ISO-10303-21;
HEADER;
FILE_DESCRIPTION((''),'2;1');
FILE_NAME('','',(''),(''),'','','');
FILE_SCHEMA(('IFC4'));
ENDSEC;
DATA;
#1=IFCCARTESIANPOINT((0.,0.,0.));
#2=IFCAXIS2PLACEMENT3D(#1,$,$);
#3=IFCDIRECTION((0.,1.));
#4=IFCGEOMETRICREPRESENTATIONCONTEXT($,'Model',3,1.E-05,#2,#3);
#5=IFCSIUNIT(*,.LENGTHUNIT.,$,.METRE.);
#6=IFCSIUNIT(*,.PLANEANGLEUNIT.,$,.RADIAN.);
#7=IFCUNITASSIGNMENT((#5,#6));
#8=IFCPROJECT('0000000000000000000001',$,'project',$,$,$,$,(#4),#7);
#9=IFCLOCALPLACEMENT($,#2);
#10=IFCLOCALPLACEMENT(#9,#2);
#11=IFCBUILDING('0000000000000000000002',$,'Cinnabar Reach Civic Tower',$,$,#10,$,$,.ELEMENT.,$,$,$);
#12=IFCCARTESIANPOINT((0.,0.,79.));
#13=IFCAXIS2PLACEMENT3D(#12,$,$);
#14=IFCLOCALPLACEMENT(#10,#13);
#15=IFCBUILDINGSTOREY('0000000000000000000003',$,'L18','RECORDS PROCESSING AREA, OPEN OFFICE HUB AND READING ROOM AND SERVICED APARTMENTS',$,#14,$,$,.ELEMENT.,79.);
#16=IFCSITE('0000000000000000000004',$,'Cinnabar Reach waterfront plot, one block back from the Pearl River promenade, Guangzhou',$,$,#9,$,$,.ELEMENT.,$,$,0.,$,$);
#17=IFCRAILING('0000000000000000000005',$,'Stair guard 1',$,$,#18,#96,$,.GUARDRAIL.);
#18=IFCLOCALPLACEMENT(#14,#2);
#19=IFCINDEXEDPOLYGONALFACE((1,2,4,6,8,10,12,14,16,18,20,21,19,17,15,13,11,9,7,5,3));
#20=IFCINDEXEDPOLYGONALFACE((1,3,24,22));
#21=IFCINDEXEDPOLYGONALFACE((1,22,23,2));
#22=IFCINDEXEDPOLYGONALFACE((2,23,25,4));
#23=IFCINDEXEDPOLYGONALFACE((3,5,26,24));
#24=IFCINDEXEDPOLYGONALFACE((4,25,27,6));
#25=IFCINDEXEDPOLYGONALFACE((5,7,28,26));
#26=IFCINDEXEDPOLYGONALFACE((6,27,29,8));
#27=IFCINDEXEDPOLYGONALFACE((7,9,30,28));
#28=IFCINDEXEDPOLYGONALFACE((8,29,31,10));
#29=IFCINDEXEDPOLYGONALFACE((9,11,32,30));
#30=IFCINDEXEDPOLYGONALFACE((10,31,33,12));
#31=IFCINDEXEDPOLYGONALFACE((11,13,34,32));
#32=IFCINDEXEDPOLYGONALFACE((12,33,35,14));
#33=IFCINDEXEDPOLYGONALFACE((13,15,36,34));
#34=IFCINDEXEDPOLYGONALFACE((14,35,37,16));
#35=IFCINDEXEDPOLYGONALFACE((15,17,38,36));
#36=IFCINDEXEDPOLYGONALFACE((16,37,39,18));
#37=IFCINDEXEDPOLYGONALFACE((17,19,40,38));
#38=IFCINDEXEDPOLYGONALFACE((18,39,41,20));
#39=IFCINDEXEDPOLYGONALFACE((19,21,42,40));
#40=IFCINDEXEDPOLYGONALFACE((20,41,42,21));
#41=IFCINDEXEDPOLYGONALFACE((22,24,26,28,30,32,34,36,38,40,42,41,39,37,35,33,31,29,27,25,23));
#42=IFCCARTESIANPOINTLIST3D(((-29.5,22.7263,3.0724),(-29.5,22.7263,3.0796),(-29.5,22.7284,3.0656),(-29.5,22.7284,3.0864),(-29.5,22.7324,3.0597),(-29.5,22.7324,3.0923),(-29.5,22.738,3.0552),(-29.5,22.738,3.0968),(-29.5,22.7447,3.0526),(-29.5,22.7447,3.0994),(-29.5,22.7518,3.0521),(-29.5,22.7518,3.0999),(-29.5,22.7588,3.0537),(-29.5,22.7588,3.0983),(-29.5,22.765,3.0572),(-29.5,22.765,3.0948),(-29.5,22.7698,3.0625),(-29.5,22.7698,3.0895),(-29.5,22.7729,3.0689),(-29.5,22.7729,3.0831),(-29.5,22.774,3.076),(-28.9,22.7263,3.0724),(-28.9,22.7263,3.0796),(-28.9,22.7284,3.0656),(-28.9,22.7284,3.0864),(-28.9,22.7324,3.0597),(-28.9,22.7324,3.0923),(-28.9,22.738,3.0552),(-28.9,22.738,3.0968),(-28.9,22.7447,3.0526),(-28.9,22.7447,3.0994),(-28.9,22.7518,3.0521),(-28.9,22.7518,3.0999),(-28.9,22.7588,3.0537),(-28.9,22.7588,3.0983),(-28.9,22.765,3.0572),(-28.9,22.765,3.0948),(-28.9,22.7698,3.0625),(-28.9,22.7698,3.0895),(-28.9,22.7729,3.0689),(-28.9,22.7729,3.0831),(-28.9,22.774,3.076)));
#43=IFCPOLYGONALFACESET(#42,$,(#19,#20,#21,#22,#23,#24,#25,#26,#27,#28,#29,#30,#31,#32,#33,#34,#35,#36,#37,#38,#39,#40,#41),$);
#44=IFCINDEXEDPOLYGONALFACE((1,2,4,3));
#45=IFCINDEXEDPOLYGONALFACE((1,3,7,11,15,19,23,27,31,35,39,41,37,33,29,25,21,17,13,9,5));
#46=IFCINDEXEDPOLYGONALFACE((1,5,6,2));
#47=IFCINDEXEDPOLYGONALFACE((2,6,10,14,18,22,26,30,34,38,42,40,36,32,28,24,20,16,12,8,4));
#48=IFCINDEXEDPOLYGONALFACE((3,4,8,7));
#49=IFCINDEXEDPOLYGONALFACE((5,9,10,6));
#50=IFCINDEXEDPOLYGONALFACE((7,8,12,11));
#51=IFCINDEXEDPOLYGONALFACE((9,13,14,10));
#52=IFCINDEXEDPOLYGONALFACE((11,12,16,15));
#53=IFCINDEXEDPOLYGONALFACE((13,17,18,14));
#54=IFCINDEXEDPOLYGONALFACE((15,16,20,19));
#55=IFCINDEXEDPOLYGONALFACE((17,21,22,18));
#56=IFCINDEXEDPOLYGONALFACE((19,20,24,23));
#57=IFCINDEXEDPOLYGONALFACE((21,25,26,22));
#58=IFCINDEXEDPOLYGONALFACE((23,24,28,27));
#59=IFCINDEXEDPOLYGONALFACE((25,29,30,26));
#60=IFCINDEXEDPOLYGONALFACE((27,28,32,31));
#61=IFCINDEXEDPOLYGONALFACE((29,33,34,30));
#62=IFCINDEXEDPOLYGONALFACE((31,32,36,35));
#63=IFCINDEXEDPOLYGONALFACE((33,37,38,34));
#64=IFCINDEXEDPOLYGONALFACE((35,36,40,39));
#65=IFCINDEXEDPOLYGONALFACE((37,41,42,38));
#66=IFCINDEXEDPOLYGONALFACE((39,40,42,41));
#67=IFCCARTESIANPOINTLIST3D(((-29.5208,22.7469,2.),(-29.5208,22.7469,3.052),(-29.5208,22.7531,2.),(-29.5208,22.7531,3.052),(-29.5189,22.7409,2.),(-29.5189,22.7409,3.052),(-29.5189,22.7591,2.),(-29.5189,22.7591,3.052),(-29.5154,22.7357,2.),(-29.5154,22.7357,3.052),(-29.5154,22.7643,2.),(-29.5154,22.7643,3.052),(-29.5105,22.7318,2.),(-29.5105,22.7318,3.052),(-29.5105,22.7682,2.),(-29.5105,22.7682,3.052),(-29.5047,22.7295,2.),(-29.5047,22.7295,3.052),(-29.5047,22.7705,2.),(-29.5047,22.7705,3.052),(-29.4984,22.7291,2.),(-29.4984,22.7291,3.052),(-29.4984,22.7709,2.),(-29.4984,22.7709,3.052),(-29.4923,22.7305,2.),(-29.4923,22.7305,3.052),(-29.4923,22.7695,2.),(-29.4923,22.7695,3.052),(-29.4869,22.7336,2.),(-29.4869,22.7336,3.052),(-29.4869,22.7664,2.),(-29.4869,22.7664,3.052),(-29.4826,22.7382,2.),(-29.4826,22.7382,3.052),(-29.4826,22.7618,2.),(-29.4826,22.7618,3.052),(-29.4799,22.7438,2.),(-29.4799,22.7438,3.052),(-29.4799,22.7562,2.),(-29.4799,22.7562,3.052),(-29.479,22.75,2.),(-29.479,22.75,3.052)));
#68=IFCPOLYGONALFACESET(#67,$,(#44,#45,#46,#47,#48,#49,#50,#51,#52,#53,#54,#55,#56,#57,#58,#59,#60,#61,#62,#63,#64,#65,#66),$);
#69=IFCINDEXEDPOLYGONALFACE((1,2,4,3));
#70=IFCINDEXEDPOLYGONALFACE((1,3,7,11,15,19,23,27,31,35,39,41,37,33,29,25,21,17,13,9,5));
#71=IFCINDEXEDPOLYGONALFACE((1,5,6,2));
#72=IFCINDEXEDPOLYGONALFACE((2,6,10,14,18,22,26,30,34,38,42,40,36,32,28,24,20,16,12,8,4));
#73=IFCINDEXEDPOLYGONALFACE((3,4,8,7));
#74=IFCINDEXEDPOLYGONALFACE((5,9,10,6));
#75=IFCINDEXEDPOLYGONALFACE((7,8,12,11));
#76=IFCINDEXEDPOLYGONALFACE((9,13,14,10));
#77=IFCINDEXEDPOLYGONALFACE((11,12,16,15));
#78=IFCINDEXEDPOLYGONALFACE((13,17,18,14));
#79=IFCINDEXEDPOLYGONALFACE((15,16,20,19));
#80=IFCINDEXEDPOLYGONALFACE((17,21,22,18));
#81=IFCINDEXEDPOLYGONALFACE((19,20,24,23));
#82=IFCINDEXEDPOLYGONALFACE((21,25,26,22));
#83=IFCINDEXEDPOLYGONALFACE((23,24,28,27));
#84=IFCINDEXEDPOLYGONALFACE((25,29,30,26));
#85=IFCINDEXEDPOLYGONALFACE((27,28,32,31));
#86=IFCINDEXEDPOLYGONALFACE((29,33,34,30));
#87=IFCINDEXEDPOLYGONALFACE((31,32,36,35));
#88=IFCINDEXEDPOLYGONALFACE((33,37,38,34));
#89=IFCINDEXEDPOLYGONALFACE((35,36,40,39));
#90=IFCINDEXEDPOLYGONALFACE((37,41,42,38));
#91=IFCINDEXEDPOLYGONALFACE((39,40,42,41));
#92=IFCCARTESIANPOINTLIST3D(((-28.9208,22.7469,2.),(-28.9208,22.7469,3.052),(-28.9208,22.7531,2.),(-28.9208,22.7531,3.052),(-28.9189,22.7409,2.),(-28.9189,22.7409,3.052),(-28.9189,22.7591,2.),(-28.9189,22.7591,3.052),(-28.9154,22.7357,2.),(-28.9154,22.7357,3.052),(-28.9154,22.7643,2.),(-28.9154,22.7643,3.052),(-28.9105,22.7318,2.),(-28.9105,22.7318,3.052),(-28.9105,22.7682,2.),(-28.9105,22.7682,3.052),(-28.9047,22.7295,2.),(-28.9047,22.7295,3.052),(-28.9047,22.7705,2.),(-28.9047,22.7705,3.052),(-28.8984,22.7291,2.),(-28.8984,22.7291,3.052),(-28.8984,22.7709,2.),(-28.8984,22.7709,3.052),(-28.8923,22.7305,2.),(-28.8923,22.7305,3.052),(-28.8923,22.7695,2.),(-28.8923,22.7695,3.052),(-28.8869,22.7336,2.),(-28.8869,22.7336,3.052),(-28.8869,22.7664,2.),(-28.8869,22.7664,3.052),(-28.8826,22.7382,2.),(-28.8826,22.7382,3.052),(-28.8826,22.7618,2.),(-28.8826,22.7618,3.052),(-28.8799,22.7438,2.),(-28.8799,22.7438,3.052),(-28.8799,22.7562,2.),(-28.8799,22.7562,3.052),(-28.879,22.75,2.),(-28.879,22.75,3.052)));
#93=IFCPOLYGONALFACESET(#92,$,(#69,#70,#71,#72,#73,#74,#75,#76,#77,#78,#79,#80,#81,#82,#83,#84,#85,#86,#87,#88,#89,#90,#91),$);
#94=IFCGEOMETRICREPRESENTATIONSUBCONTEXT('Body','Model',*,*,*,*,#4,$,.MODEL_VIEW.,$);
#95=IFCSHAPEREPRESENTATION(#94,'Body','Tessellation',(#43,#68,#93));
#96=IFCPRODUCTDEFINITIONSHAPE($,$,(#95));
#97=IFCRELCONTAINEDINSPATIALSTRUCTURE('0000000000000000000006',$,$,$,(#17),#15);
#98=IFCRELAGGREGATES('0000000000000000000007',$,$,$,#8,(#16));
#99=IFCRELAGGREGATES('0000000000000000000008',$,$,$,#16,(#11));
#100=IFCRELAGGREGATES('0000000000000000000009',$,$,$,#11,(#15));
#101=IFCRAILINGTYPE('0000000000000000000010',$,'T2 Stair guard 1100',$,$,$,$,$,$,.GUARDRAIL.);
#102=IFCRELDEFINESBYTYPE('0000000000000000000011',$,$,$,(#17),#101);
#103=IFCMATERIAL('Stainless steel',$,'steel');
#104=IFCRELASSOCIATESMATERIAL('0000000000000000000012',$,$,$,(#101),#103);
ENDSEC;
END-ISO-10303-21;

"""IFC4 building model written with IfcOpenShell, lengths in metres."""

from ifc_helpers import new_model, si_unit, direction, frame, origin, origin_2d, place, context, subcontext, project, spatial, circle, extrude, material, type_object, element, save


model = new_model("IFC4")

# Units and contexts
model_context = context("Model", 3, precision=1e-05, world=origin(), true_north=direction((0.0, 1.0)))
body_context = subcontext(model_context, "Body", "Model", "MODEL_VIEW")
ifc_project = project(units=[si_unit("LENGTHUNIT", "METRE"), si_unit("PLANEANGLEUNIT", "RADIAN")], contexts=[model_context])

# Site, building, storey
site_placement = place(None, origin())
site = spatial("IfcSite", under=ifc_project, at=site_placement, Name="Cinnabar Reach waterfront plot, one block back from the Pearl River promenade, Guangzhou", CompositionType="ELEMENT", RefElevation=0.0)
building_placement = place(site_placement, origin())
building = spatial("IfcBuilding", under=site, at=building_placement, Name="Cinnabar Reach Civic Tower", CompositionType="ELEMENT")
storey_placement = place(building_placement, frame((0.0, 0.0, 79.0)))
storey = spatial("IfcBuildingStorey", under=building, at=storey_placement, Name="L18", Description="RECORDS PROCESSING AREA, OPEN OFFICE HUB AND READING ROOM AND SERVICED APARTMENTS", CompositionType="ELEMENT", Elevation=79.0)

# Railing
ifc_material_1 = material(Name="Stainless steel", Category="steel")
railing_type = type_object("IfcRailingType", Name="T2 Stair guard 1100", PredefinedType="GUARDRAIL", material=ifc_material_1)
railing_1_placement = place(storey_placement, frame((-29.5, 22.75, 2.0)))
element("IfcRailing", 1, at=railing_1_placement, inside=storey, type_object=railing_type, Name="Stair guard 1", PredefinedType="GUARDRAIL", context=body_context, shape_type="SweptSolid", body=[
    extrude(circle(Radius=0.024, at=origin_2d()), frame((0.0, 0.0, 1.076), z_axis=(1.0, 0.0, 0.0), x_axis=(0.0, 1.0, 0.0)), (0.0, 0.0, 1.0), 0.6),
    extrude(circle(Radius=0.021, at=origin_2d()), origin(), (0.0, 0.0, 1.0), 1.052),
    extrude(circle(Radius=0.021, at=origin_2d()), frame((0.6, 0.0, 0.0)), (0.0, 0.0, 1.0), 1.052),
])

save(model, "model.ifc")
